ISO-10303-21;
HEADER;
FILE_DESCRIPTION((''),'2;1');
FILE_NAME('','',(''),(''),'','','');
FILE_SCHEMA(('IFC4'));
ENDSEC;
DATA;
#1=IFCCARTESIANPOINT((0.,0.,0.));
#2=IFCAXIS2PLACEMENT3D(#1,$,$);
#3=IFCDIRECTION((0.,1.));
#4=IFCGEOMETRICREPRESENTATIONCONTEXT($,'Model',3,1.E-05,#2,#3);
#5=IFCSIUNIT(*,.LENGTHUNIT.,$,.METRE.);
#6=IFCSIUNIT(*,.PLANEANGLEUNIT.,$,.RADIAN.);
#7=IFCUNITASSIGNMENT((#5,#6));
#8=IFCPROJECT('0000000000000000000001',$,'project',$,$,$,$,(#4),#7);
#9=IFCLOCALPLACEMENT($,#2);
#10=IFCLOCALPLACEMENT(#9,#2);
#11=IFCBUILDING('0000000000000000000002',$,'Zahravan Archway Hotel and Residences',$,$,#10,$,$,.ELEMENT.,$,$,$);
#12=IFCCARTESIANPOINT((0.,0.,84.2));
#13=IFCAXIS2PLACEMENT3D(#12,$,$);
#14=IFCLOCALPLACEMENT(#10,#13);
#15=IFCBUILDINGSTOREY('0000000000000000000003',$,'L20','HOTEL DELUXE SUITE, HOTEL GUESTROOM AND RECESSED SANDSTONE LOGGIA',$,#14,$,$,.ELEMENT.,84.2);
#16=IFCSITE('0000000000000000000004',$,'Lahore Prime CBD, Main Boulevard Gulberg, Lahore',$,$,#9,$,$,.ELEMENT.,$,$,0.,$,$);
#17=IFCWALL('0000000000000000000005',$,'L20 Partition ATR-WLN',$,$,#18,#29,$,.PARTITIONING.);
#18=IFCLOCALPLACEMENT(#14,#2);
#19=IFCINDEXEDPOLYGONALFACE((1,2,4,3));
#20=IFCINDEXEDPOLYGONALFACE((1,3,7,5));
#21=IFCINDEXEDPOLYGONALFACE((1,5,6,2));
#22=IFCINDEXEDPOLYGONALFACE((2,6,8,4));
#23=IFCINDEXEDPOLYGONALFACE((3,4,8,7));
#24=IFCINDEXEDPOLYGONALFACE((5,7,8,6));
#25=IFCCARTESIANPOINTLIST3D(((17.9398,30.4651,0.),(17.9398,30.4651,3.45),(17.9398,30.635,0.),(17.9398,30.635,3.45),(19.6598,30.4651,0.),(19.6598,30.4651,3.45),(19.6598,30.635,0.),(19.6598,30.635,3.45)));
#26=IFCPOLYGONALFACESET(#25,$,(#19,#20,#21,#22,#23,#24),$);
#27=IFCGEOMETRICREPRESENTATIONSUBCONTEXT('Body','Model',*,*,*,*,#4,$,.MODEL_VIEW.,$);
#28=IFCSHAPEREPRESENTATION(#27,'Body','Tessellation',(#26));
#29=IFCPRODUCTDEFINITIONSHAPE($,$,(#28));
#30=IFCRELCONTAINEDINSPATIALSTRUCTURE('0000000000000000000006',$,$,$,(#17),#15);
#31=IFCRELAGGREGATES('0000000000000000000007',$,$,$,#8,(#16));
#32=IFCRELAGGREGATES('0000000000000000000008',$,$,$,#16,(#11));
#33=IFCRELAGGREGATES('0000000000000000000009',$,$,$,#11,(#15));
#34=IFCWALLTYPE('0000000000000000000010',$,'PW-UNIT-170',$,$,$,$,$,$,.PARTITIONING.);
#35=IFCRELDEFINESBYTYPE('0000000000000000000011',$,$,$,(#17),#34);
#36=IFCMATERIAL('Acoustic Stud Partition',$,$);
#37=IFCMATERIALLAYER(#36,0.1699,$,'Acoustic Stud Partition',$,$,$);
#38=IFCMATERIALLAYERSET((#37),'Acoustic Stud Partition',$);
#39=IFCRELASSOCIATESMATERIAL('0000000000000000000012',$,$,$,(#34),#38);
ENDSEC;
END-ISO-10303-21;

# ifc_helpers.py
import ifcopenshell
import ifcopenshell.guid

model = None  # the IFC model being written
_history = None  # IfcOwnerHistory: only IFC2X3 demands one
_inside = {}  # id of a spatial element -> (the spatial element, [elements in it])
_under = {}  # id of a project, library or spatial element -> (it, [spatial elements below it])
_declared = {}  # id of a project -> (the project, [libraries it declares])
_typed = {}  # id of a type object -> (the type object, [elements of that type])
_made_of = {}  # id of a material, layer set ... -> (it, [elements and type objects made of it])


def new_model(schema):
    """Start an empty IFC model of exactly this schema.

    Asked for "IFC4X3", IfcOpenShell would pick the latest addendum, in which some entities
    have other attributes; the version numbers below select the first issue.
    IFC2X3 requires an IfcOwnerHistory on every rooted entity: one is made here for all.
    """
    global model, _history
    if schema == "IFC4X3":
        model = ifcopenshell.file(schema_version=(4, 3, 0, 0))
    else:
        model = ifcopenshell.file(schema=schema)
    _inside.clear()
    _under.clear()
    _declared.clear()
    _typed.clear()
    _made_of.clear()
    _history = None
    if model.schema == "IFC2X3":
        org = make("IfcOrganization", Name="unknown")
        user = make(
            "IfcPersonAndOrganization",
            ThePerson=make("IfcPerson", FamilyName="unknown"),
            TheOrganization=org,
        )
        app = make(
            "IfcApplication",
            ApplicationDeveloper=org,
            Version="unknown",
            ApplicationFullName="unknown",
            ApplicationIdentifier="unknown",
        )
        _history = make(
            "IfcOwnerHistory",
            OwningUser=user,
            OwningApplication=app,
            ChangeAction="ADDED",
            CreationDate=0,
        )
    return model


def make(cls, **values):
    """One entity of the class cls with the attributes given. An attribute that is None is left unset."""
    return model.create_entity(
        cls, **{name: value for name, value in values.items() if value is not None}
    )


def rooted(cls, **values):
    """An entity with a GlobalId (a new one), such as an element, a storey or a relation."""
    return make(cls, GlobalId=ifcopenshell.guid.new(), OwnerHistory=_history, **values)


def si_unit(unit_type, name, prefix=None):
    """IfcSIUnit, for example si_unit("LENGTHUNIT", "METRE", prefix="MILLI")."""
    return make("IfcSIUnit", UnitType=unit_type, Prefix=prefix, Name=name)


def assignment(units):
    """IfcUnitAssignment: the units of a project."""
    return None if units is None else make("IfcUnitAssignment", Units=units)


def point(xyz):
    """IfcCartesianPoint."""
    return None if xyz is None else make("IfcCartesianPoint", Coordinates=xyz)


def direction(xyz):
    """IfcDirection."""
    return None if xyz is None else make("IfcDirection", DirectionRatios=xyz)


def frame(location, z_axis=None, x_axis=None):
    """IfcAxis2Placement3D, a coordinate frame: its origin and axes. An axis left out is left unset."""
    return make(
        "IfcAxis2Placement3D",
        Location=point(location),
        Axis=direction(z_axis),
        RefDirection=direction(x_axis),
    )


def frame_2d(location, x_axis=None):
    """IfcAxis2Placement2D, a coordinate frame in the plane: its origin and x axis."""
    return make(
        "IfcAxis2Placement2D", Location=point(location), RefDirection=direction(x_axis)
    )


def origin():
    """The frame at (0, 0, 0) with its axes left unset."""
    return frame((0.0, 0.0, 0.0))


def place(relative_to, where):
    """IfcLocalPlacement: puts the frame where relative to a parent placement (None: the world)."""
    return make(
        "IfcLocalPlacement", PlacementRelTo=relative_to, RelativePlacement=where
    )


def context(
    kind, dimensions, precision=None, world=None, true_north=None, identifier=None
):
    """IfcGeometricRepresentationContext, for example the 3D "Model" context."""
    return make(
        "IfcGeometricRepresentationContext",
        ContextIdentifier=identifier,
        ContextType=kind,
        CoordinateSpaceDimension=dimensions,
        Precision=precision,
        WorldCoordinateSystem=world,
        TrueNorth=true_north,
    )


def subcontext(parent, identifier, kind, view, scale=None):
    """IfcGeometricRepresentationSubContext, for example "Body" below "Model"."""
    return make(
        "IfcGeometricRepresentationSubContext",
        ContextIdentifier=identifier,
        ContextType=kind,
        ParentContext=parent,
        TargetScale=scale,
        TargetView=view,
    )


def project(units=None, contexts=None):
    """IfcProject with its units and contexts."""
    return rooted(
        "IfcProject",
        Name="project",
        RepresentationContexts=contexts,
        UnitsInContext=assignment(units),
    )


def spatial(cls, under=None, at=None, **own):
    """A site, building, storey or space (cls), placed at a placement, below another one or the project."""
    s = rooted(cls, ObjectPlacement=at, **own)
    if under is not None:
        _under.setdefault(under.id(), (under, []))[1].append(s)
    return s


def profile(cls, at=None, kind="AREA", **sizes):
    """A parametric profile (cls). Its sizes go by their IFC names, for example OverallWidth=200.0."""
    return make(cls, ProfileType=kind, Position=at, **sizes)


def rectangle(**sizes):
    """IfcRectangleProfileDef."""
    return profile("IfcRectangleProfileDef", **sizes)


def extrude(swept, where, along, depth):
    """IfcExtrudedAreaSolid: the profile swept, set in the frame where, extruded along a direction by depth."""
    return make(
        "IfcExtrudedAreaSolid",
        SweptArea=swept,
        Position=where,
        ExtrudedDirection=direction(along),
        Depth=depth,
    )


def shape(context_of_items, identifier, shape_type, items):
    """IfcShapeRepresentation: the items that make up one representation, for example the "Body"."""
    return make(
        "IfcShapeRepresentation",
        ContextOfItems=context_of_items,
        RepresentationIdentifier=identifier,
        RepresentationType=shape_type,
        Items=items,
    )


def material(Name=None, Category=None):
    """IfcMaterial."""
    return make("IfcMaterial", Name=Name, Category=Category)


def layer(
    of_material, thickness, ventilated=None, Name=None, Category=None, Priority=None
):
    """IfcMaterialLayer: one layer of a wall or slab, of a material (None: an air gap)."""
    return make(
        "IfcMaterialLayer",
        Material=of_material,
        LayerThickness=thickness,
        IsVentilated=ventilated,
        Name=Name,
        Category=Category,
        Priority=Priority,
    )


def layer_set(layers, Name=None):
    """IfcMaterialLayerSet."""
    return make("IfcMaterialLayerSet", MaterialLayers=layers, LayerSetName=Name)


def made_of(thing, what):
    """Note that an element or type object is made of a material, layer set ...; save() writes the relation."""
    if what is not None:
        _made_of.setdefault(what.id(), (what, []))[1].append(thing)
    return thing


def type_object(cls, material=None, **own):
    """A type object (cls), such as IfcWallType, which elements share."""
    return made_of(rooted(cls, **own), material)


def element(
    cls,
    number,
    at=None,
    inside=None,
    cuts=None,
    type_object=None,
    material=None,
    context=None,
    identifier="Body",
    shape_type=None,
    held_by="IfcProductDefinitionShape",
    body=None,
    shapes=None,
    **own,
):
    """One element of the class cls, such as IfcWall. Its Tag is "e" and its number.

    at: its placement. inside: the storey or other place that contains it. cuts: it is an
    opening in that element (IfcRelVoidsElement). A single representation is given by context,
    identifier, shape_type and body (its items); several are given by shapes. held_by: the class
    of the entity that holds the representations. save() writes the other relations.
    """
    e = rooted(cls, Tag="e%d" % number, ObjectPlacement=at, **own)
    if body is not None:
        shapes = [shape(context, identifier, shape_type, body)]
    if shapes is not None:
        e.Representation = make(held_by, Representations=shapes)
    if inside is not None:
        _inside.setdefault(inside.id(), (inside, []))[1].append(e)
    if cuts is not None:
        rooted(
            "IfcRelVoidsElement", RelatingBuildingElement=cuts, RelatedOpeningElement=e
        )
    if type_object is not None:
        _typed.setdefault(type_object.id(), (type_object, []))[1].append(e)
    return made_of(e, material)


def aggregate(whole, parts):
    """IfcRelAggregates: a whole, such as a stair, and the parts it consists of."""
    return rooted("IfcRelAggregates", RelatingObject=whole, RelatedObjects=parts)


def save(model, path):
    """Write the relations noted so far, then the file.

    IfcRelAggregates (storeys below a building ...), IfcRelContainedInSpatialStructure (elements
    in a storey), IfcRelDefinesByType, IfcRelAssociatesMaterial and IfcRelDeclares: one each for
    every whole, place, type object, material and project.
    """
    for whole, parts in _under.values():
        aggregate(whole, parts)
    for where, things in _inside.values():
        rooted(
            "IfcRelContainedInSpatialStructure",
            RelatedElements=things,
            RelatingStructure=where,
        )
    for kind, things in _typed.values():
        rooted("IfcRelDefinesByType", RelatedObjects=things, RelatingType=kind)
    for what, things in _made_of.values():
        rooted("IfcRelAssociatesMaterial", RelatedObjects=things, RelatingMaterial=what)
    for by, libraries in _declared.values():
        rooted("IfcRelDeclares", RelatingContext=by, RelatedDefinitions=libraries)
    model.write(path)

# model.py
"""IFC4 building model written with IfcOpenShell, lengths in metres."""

from ifc_helpers import new_model, si_unit, direction, frame, frame_2d, origin, place, context, subcontext, project, spatial, rectangle, extrude, material, layer, layer_set, type_object, element, save


model = new_model("IFC4")

# Units and contexts
model_context = context("Model", 3, precision=1e-05, world=origin(), true_north=direction((0.0, 1.0)))
body_context = subcontext(model_context, "Body", "Model", "MODEL_VIEW")
ifc_project = project(units=[si_unit("LENGTHUNIT", "METRE"), si_unit("PLANEANGLEUNIT", "RADIAN")], contexts=[model_context])

# Site, building, storey
site_placement = place(None, origin())
site = spatial("IfcSite", under=ifc_project, at=site_placement, Name="Lahore Prime CBD, Main Boulevard Gulberg, Lahore", CompositionType="ELEMENT", RefElevation=0.0)
building_placement = place(site_placement, origin())
building = spatial("IfcBuilding", under=site, at=building_placement, Name="Zahravan Archway Hotel and Residences", CompositionType="ELEMENT")
storey_placement = place(building_placement, frame((0.0, 0.0, 84.2)))
storey = spatial("IfcBuildingStorey", under=building, at=storey_placement, Name="L20", Description="HOTEL DELUXE SUITE, HOTEL GUESTROOM AND RECESSED SANDSTONE LOGGIA", CompositionType="ELEMENT", Elevation=84.2)

# Wall
ifc_material_1 = material(Name="Acoustic Stud Partition")
ifc_layer_1 = layer(ifc_material_1, 0.1699, Name="Acoustic Stud Partition")
ifc_layer_set_1 = layer_set([ifc_layer_1], Name="Acoustic Stud Partition")
wall_type_1 = type_object("IfcWallType", Name="PW-UNIT-170", PredefinedType="PARTITIONING", material=ifc_layer_set_1)
wall_1_placement = place(storey_placement, frame((17.9399, 30.55, 0.0), z_axis=(0.0, 0.0, 1.0), x_axis=(1.0, 0.0, 0.0)))
element("IfcWall", 1, at=wall_1_placement, inside=storey, type_object=wall_type_1, Name="L20 Partition ATR-WLN", PredefinedType="PARTITIONING", context=body_context, shape_type="SweptSolid", body=[
    extrude(rectangle(XDim=1.72, YDim=0.1699, at=frame_2d((0.8599, 0.0))), origin(), (0.0, 0.0, 1.0), 3.45),
])

save(model, "model.ifc")
